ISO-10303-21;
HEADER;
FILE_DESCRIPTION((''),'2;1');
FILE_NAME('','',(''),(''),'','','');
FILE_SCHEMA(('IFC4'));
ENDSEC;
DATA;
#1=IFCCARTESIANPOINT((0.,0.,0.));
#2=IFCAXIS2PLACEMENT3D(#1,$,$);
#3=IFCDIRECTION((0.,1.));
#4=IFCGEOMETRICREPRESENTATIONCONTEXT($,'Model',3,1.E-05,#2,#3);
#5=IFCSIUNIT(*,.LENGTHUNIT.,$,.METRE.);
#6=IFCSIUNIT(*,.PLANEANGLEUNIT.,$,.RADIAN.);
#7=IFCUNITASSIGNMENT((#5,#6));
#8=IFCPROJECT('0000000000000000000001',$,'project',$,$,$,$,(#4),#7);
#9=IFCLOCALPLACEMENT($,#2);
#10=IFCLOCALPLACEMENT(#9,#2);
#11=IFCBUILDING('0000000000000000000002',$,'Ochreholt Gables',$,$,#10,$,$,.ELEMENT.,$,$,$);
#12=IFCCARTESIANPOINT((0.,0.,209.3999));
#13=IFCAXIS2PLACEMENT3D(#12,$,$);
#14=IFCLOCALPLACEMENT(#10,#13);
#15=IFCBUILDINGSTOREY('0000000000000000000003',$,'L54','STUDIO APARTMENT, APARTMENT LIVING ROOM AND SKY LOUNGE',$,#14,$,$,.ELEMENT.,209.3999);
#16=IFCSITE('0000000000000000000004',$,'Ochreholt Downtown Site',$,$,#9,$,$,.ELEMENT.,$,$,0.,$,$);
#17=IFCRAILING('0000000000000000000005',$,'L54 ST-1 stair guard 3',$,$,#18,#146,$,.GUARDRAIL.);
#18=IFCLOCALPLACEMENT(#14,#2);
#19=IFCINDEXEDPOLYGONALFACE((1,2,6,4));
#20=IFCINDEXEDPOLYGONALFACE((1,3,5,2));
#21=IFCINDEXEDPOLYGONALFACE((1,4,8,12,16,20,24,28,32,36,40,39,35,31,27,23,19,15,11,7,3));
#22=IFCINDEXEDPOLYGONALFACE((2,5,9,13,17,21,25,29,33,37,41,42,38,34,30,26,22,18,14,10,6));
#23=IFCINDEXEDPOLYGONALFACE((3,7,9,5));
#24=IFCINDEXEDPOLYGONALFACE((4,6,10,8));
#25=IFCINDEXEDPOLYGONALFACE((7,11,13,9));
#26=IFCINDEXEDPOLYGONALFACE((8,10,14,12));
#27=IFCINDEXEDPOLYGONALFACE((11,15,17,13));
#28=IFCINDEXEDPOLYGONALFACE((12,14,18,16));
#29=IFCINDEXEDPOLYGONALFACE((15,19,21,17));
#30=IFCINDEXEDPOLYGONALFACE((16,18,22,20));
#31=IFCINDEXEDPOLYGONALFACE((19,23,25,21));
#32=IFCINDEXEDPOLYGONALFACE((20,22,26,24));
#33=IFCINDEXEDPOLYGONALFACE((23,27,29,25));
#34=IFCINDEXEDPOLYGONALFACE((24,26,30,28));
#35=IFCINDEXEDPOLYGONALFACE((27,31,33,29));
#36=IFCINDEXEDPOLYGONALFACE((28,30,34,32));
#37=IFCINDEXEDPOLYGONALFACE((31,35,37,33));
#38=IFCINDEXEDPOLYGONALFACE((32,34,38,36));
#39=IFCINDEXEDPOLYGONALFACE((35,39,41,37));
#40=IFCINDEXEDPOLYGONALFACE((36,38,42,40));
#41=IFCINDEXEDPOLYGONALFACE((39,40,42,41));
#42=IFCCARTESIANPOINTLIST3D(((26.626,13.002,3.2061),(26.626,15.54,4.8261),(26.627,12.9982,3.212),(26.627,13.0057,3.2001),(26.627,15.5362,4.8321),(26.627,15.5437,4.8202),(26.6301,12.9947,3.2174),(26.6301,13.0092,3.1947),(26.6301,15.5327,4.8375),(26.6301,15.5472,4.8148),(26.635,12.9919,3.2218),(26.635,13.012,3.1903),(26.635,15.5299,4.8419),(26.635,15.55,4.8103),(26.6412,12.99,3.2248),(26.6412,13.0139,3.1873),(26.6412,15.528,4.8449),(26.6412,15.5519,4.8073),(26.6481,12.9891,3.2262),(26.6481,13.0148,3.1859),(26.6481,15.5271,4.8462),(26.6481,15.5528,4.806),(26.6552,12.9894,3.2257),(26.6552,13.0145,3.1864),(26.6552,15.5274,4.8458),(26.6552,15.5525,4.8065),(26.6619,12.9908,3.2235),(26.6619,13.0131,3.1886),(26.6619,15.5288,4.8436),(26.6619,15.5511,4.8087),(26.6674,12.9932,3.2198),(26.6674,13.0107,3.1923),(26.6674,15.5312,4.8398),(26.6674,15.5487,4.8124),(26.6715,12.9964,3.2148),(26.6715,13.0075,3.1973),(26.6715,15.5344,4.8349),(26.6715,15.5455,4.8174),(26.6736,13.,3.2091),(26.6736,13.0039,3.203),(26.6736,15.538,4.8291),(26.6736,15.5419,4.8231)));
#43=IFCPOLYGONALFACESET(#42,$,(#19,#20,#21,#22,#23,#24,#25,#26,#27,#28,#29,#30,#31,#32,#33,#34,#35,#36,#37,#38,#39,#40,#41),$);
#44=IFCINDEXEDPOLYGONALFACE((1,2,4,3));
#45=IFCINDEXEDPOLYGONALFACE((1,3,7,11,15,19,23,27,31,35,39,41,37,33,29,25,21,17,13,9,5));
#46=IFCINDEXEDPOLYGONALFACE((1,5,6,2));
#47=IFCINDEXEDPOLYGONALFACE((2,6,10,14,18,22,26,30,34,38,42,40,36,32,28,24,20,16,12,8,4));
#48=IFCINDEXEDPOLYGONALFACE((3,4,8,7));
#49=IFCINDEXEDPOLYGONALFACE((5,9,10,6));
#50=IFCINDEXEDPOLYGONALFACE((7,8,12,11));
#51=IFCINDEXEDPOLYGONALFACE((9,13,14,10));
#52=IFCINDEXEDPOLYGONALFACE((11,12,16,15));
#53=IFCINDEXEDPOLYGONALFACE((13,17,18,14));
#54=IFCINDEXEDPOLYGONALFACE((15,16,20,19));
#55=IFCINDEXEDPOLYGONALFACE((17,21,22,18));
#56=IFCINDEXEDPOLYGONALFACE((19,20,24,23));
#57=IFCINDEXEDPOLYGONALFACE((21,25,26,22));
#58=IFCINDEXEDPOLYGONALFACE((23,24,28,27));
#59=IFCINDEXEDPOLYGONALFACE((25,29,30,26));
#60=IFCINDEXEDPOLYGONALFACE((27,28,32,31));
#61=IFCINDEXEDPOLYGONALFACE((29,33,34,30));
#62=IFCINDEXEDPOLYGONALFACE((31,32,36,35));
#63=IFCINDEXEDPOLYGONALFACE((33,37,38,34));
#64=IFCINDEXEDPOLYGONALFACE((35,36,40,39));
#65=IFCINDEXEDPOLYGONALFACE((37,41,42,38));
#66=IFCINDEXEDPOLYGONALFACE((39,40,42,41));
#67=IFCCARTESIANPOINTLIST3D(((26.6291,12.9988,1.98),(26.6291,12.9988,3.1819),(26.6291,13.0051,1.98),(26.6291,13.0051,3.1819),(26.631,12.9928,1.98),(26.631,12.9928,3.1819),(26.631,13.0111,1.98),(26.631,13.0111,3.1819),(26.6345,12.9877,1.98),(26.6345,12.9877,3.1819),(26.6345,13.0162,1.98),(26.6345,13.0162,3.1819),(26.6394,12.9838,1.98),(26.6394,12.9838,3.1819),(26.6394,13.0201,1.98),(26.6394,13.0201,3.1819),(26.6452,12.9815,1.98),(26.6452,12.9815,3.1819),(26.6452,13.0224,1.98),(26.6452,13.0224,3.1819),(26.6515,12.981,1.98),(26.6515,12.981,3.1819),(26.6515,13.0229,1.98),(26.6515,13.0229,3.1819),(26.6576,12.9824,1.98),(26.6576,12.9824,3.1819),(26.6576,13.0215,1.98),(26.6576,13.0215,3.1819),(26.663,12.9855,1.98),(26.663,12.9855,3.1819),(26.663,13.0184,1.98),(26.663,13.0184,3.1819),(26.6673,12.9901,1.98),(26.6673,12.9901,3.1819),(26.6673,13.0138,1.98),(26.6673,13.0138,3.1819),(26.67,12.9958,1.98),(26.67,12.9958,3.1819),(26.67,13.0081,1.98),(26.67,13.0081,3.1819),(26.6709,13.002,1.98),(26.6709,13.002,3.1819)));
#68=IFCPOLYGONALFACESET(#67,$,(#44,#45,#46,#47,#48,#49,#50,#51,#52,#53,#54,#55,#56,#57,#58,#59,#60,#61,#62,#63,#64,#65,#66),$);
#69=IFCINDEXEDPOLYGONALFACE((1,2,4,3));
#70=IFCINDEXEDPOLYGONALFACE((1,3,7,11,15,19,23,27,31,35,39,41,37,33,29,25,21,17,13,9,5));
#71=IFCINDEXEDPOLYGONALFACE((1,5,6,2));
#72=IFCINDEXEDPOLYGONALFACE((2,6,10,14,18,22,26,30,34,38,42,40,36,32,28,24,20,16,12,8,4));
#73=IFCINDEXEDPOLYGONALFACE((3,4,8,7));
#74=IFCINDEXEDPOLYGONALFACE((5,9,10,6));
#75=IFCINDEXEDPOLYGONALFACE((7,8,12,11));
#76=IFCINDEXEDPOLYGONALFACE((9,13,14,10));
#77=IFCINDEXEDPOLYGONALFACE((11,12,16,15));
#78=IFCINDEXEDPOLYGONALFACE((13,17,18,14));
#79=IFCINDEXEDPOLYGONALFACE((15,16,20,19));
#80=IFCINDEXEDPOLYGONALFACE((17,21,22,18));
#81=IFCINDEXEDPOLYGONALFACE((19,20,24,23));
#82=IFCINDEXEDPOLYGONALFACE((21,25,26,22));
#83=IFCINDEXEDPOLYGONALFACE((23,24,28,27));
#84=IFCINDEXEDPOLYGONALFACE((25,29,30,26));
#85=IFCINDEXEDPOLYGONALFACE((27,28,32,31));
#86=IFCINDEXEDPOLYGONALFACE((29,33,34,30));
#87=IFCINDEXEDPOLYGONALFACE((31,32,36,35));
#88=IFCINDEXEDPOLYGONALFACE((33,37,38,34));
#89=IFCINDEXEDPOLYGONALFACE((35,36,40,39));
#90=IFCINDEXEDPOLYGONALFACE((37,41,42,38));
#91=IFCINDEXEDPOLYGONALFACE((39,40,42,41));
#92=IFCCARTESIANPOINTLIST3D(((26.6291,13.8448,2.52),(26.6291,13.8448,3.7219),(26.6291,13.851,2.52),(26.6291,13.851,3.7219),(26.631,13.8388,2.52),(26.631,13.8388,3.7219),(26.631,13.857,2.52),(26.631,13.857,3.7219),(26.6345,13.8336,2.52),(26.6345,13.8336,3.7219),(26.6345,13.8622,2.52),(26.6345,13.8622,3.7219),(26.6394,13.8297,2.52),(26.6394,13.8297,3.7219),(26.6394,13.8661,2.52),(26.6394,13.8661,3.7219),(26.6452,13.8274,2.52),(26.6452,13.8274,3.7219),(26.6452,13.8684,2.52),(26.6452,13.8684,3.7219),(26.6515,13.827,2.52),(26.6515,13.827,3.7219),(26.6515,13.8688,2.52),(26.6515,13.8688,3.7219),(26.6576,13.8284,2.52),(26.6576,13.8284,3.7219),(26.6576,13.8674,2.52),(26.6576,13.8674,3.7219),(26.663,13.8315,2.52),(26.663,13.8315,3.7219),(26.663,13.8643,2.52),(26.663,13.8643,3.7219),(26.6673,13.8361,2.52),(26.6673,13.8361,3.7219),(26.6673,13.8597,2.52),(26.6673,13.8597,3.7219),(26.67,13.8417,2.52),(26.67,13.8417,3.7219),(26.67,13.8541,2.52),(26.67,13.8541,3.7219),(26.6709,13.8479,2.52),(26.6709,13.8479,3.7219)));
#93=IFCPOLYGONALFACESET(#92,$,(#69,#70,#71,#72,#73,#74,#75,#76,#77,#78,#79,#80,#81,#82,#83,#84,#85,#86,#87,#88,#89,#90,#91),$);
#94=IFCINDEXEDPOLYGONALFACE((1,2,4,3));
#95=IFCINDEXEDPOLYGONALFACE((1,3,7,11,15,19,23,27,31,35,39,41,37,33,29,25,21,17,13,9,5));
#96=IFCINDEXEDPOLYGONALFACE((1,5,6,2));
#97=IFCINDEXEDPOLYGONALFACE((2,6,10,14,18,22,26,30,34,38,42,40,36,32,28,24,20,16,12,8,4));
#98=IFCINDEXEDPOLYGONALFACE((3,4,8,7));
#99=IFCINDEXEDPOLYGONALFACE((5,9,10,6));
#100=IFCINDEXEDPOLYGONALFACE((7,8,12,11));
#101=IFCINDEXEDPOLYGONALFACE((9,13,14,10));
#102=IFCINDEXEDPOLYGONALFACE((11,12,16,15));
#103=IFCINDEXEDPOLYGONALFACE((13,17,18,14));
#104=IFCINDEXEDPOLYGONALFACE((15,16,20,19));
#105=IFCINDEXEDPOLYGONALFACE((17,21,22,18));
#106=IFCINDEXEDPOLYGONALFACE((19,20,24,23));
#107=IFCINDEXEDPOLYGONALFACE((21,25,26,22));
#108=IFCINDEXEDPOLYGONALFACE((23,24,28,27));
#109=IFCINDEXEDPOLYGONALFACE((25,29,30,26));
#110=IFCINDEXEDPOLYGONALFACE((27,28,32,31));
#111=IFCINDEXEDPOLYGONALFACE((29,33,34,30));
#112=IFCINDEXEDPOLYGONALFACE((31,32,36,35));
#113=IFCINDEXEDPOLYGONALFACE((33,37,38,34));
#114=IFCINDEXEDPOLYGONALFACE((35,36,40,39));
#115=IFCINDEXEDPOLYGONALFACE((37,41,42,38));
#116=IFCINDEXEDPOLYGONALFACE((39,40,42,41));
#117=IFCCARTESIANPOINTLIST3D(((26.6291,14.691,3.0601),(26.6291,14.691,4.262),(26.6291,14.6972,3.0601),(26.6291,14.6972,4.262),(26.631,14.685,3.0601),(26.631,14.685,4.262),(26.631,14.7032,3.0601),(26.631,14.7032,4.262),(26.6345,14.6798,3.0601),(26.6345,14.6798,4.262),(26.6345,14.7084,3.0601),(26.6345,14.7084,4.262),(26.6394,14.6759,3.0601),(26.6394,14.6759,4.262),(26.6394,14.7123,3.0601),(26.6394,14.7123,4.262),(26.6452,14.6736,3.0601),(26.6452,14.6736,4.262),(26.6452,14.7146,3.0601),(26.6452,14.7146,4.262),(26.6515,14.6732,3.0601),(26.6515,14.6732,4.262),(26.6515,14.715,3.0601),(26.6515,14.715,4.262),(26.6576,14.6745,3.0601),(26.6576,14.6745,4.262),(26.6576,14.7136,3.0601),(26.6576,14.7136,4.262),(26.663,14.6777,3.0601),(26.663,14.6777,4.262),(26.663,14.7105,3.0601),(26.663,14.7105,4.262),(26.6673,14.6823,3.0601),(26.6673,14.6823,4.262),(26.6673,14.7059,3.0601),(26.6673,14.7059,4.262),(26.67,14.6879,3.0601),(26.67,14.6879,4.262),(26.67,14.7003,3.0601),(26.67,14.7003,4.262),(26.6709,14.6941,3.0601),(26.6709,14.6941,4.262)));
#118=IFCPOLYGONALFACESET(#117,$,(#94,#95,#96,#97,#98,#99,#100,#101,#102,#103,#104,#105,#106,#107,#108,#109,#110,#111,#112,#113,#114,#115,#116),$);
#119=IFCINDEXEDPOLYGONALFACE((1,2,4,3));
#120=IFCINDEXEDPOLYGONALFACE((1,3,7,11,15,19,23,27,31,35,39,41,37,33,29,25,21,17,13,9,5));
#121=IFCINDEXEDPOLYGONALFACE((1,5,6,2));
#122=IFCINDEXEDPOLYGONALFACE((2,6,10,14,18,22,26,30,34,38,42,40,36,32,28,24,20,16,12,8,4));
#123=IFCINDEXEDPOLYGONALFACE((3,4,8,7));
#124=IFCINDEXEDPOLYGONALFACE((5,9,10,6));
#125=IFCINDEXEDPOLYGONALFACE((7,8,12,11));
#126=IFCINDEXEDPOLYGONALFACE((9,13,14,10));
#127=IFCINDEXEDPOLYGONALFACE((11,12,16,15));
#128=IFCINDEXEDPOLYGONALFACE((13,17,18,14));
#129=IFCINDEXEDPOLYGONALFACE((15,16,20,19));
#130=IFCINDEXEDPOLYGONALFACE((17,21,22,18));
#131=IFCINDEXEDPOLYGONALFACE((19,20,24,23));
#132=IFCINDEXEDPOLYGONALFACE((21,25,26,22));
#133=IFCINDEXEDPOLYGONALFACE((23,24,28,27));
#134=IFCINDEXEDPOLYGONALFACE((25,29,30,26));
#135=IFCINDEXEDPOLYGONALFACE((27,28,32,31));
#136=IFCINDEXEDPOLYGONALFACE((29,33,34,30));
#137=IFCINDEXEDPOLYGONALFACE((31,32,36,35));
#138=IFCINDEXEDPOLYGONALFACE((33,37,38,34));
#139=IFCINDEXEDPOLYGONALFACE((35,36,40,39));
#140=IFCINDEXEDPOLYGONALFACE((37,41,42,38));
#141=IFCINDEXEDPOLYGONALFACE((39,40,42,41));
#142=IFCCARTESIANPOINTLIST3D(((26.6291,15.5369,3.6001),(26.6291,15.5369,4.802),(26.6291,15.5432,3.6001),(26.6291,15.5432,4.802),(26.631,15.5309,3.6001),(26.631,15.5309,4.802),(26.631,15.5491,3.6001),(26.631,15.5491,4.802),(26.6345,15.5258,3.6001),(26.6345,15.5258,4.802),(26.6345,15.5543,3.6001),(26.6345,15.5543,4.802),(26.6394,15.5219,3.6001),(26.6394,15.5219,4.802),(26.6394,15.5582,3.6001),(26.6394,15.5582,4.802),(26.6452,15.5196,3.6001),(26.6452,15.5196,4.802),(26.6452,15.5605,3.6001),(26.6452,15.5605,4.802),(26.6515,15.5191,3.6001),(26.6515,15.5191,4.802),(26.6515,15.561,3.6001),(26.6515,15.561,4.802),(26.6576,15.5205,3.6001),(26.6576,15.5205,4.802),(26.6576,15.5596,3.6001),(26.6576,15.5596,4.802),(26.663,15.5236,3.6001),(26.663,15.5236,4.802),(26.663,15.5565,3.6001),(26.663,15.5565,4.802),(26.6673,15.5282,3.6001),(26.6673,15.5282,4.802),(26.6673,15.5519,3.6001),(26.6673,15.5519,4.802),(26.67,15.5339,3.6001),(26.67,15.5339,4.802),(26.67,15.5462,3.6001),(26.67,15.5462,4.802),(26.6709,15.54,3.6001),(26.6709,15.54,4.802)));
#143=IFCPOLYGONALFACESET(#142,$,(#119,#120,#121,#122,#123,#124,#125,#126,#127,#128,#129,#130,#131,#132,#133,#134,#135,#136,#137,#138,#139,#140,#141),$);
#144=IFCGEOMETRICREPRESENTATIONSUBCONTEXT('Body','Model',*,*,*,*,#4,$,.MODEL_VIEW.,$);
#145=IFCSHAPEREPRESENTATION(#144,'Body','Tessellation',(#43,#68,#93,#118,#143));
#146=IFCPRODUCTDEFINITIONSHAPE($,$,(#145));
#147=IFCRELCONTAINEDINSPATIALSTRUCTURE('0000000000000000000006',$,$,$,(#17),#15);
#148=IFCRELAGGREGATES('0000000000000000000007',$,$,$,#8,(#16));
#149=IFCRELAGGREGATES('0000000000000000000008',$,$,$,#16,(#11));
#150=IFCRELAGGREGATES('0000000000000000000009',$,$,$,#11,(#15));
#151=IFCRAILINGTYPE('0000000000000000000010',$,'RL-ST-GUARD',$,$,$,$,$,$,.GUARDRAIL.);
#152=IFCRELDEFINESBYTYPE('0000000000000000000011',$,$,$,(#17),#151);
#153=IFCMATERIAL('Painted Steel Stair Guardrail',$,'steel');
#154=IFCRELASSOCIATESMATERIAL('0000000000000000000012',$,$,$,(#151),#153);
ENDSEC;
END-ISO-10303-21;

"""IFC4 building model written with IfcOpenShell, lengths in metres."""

from ifc_helpers import new_model, si_unit, direction, frame, origin, origin_2d, place, context, subcontext, project, spatial, circle, extrude, material, type_object, element, save


model = new_model("IFC4")

# Units and contexts
model_context = context("Model", 3, precision=1e-05, world=origin(), true_north=direction((0.0, 1.0)))
body_context = subcontext(model_context, "Body", "Model", "MODEL_VIEW")
ifc_project = project(units=[si_unit("LENGTHUNIT", "METRE"), si_unit("PLANEANGLEUNIT", "RADIAN")], contexts=[model_context])

# Site, building, storey
site_placement = place(None, origin())
site = spatial("IfcSite", under=ifc_project, at=site_placement, Name="Ochreholt Downtown Site", CompositionType="ELEMENT", RefElevation=0.0)
building_placement = place(site_placement, origin())
building = spatial("IfcBuilding", under=site, at=building_placement, Name="Ochreholt Gables", CompositionType="ELEMENT")
storey_placement = place(building_placement, frame((0.0, 0.0, 209.3999)))
storey = spatial("IfcBuildingStorey", under=building, at=storey_placement, Name="L54", Description="STUDIO APARTMENT, APARTMENT LIVING ROOM AND SKY LOUNGE", CompositionType="ELEMENT", Elevation=209.3999)

# Railing
ifc_material_1 = material(Name="Painted Steel Stair Guardrail", Category="steel")
railing_type = type_object("IfcRailingType", Name="RL-ST-GUARD", PredefinedType="GUARDRAIL", material=ifc_material_1)
railing_1_placement = place(storey_placement, frame((26.6499, 13.002, 1.98)))
element("IfcRailing", 1, at=railing_1_placement, inside=storey, type_object=railing_type, Name="L54 ST-1 stair guard 3", PredefinedType="GUARDRAIL", context=body_context, shape_type="SweptSolid", body=[
    extrude(circle(Radius=0.0239, at=origin_2d()), frame((0.0, 0.0, 1.2261), z_axis=(0.0, 0.842913, 0.53805), x_axis=(-1.0, 0.0, 0.0)), (0.0, 0.0, 1.0), 3.011),
    extrude(circle(Radius=0.021, at=origin_2d()), origin(), (0.0, 0.0, 1.0), 1.2019),
    extrude(circle(Radius=0.021, at=origin_2d()), frame((0.0, 0.8459, 0.54)), (0.0, 0.0, 1.0), 1.2019),
    extrude(circle(Radius=0.021, at=origin_2d()), frame((0.0, 1.6921, 1.0801)), (0.0, 0.0, 1.0), 1.2019),
    extrude(circle(Radius=0.021, at=origin_2d()), frame((0.0, 2.5381, 1.6201)), (0.0, 0.0, 1.0), 1.2019),
])

save(model, "model.ifc")
